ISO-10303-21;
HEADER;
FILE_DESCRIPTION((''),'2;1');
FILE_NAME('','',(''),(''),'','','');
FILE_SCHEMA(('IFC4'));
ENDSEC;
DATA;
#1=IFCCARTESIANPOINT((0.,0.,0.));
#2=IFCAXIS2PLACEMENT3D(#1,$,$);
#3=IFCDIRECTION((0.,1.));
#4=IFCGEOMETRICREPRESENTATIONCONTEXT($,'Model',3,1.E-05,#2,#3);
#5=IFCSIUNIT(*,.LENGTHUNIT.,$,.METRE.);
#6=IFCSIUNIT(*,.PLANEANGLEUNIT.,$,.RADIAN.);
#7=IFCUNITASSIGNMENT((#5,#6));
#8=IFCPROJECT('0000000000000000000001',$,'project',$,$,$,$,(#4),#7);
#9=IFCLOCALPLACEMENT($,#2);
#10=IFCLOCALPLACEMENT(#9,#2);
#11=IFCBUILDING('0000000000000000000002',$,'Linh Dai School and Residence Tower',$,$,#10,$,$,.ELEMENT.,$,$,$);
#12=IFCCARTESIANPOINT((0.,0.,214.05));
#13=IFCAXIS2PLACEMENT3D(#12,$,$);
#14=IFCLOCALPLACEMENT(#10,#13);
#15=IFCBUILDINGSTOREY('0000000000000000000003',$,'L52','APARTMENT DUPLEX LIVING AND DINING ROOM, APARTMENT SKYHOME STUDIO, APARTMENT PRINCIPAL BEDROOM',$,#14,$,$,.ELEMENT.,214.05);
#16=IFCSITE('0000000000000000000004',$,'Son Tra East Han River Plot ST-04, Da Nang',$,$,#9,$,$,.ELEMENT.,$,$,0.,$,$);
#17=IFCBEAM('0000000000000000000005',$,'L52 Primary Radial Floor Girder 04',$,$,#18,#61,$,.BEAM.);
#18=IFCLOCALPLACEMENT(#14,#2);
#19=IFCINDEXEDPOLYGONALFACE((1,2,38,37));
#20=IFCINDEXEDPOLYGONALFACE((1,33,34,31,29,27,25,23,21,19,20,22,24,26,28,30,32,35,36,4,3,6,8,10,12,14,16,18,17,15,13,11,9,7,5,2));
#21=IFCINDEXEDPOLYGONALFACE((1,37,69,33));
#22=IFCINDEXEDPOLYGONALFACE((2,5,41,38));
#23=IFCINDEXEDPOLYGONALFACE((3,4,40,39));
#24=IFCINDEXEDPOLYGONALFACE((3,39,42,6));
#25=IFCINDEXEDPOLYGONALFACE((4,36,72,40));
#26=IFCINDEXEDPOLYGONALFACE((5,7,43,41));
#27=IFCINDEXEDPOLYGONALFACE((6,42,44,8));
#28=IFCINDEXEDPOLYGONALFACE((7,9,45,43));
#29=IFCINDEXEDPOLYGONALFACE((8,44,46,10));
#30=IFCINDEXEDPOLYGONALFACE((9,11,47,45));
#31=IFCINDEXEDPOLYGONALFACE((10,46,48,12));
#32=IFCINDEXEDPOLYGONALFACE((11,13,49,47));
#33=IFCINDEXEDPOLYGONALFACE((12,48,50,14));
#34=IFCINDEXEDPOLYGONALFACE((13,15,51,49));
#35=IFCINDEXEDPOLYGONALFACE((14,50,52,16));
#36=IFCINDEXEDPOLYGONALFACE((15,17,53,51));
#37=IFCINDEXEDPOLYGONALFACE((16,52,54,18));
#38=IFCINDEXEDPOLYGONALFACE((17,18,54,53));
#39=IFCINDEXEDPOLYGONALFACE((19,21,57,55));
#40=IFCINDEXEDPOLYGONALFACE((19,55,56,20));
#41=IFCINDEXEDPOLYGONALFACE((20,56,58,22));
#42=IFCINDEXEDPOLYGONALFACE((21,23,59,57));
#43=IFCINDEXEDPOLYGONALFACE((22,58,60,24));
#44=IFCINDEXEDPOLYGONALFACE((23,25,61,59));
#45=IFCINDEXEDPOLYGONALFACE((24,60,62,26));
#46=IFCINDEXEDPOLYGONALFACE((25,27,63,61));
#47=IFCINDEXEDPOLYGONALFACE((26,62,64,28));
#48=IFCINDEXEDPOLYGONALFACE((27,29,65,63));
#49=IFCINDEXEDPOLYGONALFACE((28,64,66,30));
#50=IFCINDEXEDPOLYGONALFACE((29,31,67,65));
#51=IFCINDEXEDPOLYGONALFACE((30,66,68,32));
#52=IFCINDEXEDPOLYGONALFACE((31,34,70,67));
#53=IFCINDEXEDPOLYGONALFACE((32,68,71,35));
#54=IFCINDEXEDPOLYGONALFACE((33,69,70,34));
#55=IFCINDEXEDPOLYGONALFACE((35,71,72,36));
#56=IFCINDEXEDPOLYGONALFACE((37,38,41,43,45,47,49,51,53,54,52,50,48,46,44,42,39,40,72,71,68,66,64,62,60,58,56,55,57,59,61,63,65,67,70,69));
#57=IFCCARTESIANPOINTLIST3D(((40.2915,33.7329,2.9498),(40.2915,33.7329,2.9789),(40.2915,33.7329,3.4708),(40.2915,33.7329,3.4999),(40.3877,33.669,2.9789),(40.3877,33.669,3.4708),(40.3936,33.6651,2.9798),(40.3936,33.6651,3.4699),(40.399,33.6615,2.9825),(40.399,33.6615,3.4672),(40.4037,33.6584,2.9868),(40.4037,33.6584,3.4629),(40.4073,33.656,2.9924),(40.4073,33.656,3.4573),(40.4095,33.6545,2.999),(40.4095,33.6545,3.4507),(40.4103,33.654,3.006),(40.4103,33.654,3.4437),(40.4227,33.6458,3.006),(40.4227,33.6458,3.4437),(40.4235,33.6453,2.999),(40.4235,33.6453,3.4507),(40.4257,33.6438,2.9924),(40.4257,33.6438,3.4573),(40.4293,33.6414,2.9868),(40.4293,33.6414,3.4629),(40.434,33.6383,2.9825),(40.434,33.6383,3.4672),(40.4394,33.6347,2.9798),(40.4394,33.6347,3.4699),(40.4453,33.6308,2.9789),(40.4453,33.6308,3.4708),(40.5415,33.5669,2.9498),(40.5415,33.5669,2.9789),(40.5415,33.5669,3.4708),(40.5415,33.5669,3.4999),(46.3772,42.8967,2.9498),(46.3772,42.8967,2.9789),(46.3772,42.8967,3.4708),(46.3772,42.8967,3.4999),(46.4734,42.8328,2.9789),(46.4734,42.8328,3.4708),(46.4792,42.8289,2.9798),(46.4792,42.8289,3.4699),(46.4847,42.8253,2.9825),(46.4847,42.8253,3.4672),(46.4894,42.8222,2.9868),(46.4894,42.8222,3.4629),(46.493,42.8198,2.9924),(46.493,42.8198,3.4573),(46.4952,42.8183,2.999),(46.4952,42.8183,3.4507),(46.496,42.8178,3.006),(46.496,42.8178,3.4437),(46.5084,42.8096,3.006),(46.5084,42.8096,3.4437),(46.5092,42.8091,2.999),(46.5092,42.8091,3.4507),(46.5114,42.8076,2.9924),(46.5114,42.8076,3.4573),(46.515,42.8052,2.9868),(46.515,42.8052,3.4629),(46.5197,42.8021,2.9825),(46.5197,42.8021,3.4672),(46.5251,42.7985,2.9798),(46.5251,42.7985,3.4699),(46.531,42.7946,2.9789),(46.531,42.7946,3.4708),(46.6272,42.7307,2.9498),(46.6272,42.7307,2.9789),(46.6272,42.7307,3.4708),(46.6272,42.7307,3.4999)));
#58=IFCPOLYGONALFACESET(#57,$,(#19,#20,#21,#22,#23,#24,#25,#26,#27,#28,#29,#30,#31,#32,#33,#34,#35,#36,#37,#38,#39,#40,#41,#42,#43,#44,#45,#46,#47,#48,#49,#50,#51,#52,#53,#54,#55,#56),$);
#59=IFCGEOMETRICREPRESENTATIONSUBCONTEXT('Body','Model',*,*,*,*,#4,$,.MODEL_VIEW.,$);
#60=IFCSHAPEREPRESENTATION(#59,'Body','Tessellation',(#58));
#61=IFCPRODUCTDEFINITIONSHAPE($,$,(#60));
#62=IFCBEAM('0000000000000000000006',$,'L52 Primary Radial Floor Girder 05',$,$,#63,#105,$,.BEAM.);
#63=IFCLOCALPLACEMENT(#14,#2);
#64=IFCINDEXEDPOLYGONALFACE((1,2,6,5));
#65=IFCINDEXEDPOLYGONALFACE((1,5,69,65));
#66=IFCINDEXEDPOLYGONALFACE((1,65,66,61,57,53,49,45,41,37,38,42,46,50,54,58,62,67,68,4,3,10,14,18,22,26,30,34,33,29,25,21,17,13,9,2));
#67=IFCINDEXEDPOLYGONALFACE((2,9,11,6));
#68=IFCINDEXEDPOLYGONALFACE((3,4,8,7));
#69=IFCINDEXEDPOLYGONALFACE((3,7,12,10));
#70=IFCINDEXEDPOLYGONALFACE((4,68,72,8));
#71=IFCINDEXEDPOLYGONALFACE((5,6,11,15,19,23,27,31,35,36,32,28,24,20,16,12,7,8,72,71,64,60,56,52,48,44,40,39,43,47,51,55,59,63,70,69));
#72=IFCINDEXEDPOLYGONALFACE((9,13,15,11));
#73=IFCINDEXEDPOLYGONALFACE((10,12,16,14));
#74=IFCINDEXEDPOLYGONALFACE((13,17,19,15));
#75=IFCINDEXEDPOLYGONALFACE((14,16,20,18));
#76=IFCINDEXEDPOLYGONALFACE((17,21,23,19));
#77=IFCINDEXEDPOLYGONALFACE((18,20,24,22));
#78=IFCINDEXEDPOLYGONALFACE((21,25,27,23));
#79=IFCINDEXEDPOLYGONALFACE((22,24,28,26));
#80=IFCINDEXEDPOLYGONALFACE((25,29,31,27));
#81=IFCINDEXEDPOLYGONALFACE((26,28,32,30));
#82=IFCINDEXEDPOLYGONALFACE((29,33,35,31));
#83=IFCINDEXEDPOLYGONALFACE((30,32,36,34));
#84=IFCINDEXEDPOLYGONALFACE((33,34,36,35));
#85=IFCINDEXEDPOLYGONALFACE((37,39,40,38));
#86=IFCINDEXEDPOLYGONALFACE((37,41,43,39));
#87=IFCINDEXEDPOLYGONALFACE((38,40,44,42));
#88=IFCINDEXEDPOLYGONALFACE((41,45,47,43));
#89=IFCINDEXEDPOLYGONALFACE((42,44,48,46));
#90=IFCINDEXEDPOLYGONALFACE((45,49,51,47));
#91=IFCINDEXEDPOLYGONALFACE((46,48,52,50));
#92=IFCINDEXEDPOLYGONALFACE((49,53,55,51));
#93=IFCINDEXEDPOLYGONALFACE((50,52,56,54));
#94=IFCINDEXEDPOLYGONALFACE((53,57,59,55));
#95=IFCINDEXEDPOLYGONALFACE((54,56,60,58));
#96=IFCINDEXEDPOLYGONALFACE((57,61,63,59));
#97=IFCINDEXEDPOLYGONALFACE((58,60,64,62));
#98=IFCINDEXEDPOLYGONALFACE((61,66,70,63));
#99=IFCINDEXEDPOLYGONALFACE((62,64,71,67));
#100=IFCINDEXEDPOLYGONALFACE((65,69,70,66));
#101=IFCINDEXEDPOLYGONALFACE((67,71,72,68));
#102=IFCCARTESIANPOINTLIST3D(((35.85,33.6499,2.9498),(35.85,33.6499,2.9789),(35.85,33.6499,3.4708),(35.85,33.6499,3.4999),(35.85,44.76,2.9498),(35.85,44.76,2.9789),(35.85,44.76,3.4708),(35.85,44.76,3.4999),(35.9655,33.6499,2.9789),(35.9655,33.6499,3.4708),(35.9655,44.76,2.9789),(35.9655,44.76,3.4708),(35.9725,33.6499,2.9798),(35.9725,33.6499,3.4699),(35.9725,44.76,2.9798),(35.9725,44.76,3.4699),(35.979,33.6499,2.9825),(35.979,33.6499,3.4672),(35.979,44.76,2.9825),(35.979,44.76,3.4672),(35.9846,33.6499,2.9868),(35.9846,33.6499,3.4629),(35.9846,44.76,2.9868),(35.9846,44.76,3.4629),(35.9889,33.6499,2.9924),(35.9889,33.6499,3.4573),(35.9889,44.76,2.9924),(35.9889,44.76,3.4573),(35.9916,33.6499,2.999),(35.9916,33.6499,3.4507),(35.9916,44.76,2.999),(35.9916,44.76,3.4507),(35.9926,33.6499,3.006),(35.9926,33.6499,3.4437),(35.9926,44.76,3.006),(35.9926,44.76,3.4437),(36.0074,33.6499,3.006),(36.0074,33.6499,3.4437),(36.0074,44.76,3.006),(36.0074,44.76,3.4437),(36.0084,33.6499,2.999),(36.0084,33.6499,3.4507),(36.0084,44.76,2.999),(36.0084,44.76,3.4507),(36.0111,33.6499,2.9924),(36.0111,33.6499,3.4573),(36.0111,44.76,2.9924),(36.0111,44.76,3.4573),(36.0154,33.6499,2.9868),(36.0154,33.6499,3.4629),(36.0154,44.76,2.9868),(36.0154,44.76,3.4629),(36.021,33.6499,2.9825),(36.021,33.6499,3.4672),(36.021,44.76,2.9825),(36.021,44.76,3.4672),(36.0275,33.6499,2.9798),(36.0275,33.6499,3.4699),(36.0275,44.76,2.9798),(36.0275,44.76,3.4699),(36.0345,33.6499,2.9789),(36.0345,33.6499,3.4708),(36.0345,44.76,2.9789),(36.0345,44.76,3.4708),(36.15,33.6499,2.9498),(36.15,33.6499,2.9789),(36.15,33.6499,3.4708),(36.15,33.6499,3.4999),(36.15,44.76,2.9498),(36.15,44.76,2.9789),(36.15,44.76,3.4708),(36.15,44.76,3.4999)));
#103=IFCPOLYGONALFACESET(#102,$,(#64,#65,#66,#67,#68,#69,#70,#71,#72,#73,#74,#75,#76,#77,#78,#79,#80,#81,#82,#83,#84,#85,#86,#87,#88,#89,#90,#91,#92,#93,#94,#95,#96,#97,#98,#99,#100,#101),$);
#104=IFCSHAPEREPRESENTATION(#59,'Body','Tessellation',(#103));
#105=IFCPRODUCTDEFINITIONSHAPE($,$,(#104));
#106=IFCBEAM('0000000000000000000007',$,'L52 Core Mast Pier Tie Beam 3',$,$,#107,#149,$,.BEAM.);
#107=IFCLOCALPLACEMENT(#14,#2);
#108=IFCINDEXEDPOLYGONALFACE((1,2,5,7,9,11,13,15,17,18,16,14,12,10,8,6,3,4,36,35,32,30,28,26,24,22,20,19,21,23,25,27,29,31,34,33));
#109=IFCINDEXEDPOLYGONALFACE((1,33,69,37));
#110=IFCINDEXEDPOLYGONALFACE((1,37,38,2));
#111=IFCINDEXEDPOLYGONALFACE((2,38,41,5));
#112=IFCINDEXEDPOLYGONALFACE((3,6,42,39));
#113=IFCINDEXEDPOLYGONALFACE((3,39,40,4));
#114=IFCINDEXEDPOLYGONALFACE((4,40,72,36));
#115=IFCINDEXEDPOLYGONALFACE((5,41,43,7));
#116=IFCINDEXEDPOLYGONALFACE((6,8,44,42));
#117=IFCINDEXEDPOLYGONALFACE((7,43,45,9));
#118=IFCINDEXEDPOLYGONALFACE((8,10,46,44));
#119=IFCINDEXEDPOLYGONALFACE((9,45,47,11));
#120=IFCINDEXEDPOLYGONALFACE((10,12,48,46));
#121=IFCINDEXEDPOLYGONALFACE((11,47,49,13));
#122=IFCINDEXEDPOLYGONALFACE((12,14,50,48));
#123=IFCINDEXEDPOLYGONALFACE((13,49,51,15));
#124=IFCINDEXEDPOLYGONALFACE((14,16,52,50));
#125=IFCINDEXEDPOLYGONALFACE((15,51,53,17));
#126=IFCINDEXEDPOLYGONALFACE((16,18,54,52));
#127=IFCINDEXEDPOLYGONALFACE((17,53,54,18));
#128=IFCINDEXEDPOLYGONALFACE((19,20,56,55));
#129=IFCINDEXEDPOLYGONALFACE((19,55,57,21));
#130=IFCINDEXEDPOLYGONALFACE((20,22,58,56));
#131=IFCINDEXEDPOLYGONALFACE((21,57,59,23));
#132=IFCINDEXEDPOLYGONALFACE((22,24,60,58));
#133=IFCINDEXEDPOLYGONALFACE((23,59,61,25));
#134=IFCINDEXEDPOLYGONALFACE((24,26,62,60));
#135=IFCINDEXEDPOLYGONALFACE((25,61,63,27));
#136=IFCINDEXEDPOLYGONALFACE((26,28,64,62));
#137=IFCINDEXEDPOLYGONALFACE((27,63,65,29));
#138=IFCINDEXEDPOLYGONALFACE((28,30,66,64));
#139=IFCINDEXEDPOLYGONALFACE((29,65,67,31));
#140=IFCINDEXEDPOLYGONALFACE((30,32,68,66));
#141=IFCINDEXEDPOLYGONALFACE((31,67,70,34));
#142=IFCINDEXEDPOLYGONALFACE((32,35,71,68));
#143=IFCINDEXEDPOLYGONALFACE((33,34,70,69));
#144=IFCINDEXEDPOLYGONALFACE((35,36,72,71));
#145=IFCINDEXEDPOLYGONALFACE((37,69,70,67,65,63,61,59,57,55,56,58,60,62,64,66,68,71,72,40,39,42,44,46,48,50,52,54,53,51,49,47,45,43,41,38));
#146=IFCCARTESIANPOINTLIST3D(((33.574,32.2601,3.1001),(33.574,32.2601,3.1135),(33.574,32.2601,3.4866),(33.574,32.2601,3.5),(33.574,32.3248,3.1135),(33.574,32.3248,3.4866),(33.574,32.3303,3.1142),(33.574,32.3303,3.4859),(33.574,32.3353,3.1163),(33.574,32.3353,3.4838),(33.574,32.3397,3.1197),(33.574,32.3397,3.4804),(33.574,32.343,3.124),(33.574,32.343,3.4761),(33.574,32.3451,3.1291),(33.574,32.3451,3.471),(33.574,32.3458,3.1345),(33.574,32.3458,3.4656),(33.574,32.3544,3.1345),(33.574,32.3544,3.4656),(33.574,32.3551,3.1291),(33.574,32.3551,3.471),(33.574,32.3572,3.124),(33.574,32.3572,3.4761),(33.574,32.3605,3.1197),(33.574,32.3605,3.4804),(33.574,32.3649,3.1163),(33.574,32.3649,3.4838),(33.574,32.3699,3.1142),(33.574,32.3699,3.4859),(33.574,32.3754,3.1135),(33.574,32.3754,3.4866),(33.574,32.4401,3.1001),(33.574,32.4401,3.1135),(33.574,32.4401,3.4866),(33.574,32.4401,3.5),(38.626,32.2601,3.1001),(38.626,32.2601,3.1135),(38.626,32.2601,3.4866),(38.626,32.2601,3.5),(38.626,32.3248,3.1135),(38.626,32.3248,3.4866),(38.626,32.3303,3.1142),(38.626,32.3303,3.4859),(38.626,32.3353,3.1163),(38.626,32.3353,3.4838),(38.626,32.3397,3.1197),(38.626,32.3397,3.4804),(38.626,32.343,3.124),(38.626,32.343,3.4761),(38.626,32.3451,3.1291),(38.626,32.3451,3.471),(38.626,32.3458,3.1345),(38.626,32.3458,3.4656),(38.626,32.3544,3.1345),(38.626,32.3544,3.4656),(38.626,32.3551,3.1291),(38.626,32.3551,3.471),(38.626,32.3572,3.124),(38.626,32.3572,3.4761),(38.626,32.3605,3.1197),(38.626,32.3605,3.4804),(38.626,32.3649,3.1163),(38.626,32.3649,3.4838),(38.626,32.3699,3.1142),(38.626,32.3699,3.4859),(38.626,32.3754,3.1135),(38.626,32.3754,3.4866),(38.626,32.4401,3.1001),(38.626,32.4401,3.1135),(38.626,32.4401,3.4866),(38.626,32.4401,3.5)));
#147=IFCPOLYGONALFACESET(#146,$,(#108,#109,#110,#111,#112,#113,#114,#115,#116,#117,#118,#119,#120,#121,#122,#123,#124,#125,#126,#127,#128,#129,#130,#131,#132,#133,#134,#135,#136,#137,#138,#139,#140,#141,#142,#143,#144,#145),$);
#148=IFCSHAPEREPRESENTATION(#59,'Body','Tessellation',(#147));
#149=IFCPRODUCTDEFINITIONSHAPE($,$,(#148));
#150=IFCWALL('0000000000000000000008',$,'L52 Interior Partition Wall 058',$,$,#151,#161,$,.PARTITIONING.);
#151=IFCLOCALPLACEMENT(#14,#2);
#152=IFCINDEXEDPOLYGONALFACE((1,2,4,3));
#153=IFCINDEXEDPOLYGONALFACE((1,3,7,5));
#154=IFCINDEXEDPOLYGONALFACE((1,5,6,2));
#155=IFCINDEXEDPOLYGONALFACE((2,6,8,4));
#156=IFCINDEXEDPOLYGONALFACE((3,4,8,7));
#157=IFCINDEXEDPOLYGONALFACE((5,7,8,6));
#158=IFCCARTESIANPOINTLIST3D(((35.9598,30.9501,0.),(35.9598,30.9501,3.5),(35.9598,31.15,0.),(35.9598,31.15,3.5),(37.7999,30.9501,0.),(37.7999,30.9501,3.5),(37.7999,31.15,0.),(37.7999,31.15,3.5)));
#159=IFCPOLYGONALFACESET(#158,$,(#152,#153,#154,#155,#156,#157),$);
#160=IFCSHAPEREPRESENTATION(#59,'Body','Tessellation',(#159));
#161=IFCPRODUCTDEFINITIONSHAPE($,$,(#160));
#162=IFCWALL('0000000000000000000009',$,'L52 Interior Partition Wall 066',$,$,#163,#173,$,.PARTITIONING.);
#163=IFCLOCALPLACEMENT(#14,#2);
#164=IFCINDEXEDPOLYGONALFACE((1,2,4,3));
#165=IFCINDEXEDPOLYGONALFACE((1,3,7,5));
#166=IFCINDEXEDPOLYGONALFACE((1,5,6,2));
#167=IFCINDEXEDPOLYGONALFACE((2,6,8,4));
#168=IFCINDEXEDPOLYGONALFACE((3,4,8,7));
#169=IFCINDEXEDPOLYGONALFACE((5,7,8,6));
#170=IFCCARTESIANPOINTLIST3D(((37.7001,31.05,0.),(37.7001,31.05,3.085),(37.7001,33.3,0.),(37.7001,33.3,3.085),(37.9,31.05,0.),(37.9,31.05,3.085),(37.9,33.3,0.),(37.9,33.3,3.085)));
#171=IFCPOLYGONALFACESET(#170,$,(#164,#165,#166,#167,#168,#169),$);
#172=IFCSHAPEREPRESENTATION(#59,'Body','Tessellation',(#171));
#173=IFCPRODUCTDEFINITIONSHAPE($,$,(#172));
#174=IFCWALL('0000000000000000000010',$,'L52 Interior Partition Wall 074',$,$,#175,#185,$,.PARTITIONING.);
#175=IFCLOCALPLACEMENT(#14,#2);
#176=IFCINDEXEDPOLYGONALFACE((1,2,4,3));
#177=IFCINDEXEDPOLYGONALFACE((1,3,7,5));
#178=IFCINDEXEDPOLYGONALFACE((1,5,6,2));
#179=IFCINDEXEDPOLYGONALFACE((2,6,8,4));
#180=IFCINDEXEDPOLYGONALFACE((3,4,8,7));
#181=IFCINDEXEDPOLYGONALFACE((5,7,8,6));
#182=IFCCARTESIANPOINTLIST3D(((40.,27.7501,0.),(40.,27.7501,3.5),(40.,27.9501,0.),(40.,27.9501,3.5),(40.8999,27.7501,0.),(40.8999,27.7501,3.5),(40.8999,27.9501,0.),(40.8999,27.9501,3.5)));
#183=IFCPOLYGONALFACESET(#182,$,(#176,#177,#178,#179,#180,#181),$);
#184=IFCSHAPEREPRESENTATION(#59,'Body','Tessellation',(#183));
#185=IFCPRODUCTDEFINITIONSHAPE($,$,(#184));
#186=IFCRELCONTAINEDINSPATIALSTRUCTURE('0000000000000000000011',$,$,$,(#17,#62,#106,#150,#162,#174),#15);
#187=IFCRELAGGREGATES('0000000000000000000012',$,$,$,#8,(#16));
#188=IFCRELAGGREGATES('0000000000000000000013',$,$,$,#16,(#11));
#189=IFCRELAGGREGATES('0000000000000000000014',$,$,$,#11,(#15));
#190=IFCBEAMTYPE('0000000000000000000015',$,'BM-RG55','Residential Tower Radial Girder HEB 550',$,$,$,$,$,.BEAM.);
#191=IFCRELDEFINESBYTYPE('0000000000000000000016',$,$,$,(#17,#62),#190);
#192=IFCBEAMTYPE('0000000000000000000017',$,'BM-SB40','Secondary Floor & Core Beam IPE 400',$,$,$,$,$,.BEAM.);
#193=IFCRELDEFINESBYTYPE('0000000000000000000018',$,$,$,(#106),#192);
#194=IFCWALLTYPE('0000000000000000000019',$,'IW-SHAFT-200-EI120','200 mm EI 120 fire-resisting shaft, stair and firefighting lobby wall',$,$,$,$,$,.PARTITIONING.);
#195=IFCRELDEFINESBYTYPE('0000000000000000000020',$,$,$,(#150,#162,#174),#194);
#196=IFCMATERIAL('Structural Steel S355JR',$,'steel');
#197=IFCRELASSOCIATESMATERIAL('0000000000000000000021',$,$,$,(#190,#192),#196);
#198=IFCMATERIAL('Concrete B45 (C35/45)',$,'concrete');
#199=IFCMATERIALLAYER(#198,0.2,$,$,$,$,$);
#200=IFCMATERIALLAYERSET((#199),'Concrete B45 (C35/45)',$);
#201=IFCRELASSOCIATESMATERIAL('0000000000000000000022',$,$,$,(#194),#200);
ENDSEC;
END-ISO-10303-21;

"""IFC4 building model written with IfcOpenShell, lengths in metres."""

from ifc_helpers import new_model, si_unit, direction, frame, frame_2d, origin, origin_2d, place, context, subcontext, project, spatial, rectangle, i_section, extrude, material, layer, layer_set, material_profile, profile_set, type_object, element, save


model = new_model("IFC4")

# Units and contexts
model_context = context("Model", 3, precision=1e-05, world=origin(), true_north=direction((0.0, 1.0)))
body_context = subcontext(model_context, "Body", "Model", "MODEL_VIEW")
ifc_project = project(units=[si_unit("LENGTHUNIT", "METRE"), si_unit("PLANEANGLEUNIT", "RADIAN")], contexts=[model_context])

# Site, building, storey
site_placement = place(None, origin())
site = spatial("IfcSite", under=ifc_project, at=site_placement, Name="Son Tra East Han River Plot ST-04, Da Nang", CompositionType="ELEMENT", RefElevation=0.0)
building_placement = place(site_placement, origin())
building = spatial("IfcBuilding", under=site, at=building_placement, Name="Linh Dai School and Residence Tower", CompositionType="ELEMENT")
storey_placement = place(building_placement, frame((0.0, 0.0, 214.05)))
storey = spatial("IfcBuildingStorey", under=building, at=storey_placement, Name="L52", Description="APARTMENT DUPLEX LIVING AND DINING ROOM, APARTMENT SKYHOME STUDIO, APARTMENT PRINCIPAL BEDROOM", CompositionType="ELEMENT", Elevation=214.05)

# Shared definitions
ifc_material_1 = material(Name="Structural Steel S355JR", Category="steel")

# Beams
ifc_material_profile_1 = material_profile(ifc_material_1, i_section(OverallWidth=0.3, OverallDepth=0.55, WebThickness=0.0149, FlangeThickness=0.0291, FilletRadius=0.0271, at=origin_2d()), Name="HEB 550")
ifc_profile_set_1 = profile_set([ifc_material_profile_1], Name="Structural Steel S355JR")
beam_type_1 = type_object("IfcBeamType", Name="BM-RG55", Description="Residential Tower Radial Girder HEB 550", PredefinedType="BEAM", material=ifc_profile_set_1)
beam_1_placement = place(storey_placement, frame((40.4165, 33.6499, 3.2249), z_axis=(0.553219, 0.833036, 0.0), x_axis=(-0.833036, 0.553219, 0.0)))
element("IfcBeam", 1, at=beam_1_placement, inside=storey, type_object=beam_type_1, Name="L52 Primary Radial Floor Girder 04", PredefinedType="BEAM", context=body_context, shape_type="SweptSolid", body=[
    extrude(i_section(OverallWidth=0.3, OverallDepth=0.55, WebThickness=0.0149, FlangeThickness=0.0291, FilletRadius=0.0271, at=origin_2d()), origin(), (0.0, 0.0, 1.0), 11.0005),
])
beam_2_placement = place(storey_placement, frame((36.0, 33.6499, 3.2249), z_axis=(0.0, 1.0, 0.0), x_axis=(-1.0, 0.0, 0.0)))
element("IfcBeam", 2, at=beam_2_placement, inside=storey, type_object=beam_type_1, Name="L52 Primary Radial Floor Girder 05", PredefinedType="BEAM", context=body_context, shape_type="SweptSolid", body=[
    extrude(i_section(OverallWidth=0.3, OverallDepth=0.55, WebThickness=0.0149, FlangeThickness=0.0291, FilletRadius=0.0271, at=origin_2d()), origin(), (0.0, 0.0, 1.0), 11.1101),
])
ifc_material_profile_2 = material_profile(ifc_material_1, i_section(OverallWidth=0.1799, OverallDepth=0.3999, WebThickness=0.0085, FlangeThickness=0.0134, FilletRadius=0.021, at=origin_2d()), Name="IPE 400")
ifc_profile_set_2 = profile_set([ifc_material_profile_2], Name="Structural Steel S355JR")
beam_type_2 = type_object("IfcBeamType", Name="BM-SB40", Description="Secondary Floor & Core Beam IPE 400", PredefinedType="BEAM", material=ifc_profile_set_2)
beam_3_placement = place(storey_placement, frame((38.626, 32.3501, 3.3), z_axis=(-1.0, 0.0, 0.0), x_axis=(0.0, -1.0, 0.0)))
element("IfcBeam", 3, at=beam_3_placement, inside=storey, type_object=beam_type_2, Name="L52 Core Mast Pier Tie Beam 3", PredefinedType="BEAM", context=body_context, shape_type="SweptSolid", body=[
    extrude(i_section(OverallWidth=0.1799, OverallDepth=0.3999, WebThickness=0.0085, FlangeThickness=0.0134, FilletRadius=0.021, at=origin_2d()), origin(), (0.0, 0.0, 1.0), 5.052),
])

# Shared definitions
ifc_material_2 = material(Name="Concrete B45 (C35/45)", Category="concrete")
ifc_layer_1 = layer(ifc_material_2, 0.2)
ifc_layer_set_1 = layer_set([ifc_layer_1], Name="Concrete B45 (C35/45)")
wall_type_1 = type_object("IfcWallType", Name="IW-SHAFT-200-EI120", Description="200 mm EI 120 fire-resisting shaft, stair and firefighting lobby wall", PredefinedType="PARTITIONING", material=ifc_layer_set_1)

# Walls
wall_1_placement = place(storey_placement, frame((35.96, 31.05, 0.0), z_axis=(0.0, 0.0, 1.0), x_axis=(1.0, 0.0, 0.0)))
element("IfcWall", 4, at=wall_1_placement, inside=storey, type_object=wall_type_1, Name="L52 Interior Partition Wall 058", PredefinedType="PARTITIONING", context=body_context, shape_type="SweptSolid", body=[
    extrude(rectangle(XDim=1.8401, YDim=0.2, at=frame_2d((0.9199, 0.0))), origin(), (0.0, 0.0, 1.0), 3.5),
])
wall_2_placement = place(storey_placement, frame((37.8, 31.05, 0.0), z_axis=(0.0, 0.0, 1.0), x_axis=(0.0, 1.0, 0.0)))
element("IfcWall", 5, at=wall_2_placement, inside=storey, type_object=wall_type_1, Name="L52 Interior Partition Wall 066", PredefinedType="PARTITIONING", context=body_context, shape_type="SweptSolid", body=[
    extrude(rectangle(XDim=2.25, YDim=0.2, at=frame_2d((1.125, 0.0))), origin(), (0.0, 0.0, 1.0), 3.085),
])
wall_3_placement = place(storey_placement, frame((40.0, 27.8501, 0.0), z_axis=(0.0, 0.0, 1.0), x_axis=(1.0, 0.0, 0.0)))
element("IfcWall", 6, at=wall_3_placement, inside=storey, type_object=wall_type_1, Name="L52 Interior Partition Wall 074", PredefinedType="PARTITIONING", context=body_context, shape_type="SweptSolid", body=[
    extrude(rectangle(XDim=0.8999, YDim=0.2, at=frame_2d((0.45, 0.0))), origin(), (0.0, 0.0, 1.0), 3.5),
])

save(model, "model.ifc")
